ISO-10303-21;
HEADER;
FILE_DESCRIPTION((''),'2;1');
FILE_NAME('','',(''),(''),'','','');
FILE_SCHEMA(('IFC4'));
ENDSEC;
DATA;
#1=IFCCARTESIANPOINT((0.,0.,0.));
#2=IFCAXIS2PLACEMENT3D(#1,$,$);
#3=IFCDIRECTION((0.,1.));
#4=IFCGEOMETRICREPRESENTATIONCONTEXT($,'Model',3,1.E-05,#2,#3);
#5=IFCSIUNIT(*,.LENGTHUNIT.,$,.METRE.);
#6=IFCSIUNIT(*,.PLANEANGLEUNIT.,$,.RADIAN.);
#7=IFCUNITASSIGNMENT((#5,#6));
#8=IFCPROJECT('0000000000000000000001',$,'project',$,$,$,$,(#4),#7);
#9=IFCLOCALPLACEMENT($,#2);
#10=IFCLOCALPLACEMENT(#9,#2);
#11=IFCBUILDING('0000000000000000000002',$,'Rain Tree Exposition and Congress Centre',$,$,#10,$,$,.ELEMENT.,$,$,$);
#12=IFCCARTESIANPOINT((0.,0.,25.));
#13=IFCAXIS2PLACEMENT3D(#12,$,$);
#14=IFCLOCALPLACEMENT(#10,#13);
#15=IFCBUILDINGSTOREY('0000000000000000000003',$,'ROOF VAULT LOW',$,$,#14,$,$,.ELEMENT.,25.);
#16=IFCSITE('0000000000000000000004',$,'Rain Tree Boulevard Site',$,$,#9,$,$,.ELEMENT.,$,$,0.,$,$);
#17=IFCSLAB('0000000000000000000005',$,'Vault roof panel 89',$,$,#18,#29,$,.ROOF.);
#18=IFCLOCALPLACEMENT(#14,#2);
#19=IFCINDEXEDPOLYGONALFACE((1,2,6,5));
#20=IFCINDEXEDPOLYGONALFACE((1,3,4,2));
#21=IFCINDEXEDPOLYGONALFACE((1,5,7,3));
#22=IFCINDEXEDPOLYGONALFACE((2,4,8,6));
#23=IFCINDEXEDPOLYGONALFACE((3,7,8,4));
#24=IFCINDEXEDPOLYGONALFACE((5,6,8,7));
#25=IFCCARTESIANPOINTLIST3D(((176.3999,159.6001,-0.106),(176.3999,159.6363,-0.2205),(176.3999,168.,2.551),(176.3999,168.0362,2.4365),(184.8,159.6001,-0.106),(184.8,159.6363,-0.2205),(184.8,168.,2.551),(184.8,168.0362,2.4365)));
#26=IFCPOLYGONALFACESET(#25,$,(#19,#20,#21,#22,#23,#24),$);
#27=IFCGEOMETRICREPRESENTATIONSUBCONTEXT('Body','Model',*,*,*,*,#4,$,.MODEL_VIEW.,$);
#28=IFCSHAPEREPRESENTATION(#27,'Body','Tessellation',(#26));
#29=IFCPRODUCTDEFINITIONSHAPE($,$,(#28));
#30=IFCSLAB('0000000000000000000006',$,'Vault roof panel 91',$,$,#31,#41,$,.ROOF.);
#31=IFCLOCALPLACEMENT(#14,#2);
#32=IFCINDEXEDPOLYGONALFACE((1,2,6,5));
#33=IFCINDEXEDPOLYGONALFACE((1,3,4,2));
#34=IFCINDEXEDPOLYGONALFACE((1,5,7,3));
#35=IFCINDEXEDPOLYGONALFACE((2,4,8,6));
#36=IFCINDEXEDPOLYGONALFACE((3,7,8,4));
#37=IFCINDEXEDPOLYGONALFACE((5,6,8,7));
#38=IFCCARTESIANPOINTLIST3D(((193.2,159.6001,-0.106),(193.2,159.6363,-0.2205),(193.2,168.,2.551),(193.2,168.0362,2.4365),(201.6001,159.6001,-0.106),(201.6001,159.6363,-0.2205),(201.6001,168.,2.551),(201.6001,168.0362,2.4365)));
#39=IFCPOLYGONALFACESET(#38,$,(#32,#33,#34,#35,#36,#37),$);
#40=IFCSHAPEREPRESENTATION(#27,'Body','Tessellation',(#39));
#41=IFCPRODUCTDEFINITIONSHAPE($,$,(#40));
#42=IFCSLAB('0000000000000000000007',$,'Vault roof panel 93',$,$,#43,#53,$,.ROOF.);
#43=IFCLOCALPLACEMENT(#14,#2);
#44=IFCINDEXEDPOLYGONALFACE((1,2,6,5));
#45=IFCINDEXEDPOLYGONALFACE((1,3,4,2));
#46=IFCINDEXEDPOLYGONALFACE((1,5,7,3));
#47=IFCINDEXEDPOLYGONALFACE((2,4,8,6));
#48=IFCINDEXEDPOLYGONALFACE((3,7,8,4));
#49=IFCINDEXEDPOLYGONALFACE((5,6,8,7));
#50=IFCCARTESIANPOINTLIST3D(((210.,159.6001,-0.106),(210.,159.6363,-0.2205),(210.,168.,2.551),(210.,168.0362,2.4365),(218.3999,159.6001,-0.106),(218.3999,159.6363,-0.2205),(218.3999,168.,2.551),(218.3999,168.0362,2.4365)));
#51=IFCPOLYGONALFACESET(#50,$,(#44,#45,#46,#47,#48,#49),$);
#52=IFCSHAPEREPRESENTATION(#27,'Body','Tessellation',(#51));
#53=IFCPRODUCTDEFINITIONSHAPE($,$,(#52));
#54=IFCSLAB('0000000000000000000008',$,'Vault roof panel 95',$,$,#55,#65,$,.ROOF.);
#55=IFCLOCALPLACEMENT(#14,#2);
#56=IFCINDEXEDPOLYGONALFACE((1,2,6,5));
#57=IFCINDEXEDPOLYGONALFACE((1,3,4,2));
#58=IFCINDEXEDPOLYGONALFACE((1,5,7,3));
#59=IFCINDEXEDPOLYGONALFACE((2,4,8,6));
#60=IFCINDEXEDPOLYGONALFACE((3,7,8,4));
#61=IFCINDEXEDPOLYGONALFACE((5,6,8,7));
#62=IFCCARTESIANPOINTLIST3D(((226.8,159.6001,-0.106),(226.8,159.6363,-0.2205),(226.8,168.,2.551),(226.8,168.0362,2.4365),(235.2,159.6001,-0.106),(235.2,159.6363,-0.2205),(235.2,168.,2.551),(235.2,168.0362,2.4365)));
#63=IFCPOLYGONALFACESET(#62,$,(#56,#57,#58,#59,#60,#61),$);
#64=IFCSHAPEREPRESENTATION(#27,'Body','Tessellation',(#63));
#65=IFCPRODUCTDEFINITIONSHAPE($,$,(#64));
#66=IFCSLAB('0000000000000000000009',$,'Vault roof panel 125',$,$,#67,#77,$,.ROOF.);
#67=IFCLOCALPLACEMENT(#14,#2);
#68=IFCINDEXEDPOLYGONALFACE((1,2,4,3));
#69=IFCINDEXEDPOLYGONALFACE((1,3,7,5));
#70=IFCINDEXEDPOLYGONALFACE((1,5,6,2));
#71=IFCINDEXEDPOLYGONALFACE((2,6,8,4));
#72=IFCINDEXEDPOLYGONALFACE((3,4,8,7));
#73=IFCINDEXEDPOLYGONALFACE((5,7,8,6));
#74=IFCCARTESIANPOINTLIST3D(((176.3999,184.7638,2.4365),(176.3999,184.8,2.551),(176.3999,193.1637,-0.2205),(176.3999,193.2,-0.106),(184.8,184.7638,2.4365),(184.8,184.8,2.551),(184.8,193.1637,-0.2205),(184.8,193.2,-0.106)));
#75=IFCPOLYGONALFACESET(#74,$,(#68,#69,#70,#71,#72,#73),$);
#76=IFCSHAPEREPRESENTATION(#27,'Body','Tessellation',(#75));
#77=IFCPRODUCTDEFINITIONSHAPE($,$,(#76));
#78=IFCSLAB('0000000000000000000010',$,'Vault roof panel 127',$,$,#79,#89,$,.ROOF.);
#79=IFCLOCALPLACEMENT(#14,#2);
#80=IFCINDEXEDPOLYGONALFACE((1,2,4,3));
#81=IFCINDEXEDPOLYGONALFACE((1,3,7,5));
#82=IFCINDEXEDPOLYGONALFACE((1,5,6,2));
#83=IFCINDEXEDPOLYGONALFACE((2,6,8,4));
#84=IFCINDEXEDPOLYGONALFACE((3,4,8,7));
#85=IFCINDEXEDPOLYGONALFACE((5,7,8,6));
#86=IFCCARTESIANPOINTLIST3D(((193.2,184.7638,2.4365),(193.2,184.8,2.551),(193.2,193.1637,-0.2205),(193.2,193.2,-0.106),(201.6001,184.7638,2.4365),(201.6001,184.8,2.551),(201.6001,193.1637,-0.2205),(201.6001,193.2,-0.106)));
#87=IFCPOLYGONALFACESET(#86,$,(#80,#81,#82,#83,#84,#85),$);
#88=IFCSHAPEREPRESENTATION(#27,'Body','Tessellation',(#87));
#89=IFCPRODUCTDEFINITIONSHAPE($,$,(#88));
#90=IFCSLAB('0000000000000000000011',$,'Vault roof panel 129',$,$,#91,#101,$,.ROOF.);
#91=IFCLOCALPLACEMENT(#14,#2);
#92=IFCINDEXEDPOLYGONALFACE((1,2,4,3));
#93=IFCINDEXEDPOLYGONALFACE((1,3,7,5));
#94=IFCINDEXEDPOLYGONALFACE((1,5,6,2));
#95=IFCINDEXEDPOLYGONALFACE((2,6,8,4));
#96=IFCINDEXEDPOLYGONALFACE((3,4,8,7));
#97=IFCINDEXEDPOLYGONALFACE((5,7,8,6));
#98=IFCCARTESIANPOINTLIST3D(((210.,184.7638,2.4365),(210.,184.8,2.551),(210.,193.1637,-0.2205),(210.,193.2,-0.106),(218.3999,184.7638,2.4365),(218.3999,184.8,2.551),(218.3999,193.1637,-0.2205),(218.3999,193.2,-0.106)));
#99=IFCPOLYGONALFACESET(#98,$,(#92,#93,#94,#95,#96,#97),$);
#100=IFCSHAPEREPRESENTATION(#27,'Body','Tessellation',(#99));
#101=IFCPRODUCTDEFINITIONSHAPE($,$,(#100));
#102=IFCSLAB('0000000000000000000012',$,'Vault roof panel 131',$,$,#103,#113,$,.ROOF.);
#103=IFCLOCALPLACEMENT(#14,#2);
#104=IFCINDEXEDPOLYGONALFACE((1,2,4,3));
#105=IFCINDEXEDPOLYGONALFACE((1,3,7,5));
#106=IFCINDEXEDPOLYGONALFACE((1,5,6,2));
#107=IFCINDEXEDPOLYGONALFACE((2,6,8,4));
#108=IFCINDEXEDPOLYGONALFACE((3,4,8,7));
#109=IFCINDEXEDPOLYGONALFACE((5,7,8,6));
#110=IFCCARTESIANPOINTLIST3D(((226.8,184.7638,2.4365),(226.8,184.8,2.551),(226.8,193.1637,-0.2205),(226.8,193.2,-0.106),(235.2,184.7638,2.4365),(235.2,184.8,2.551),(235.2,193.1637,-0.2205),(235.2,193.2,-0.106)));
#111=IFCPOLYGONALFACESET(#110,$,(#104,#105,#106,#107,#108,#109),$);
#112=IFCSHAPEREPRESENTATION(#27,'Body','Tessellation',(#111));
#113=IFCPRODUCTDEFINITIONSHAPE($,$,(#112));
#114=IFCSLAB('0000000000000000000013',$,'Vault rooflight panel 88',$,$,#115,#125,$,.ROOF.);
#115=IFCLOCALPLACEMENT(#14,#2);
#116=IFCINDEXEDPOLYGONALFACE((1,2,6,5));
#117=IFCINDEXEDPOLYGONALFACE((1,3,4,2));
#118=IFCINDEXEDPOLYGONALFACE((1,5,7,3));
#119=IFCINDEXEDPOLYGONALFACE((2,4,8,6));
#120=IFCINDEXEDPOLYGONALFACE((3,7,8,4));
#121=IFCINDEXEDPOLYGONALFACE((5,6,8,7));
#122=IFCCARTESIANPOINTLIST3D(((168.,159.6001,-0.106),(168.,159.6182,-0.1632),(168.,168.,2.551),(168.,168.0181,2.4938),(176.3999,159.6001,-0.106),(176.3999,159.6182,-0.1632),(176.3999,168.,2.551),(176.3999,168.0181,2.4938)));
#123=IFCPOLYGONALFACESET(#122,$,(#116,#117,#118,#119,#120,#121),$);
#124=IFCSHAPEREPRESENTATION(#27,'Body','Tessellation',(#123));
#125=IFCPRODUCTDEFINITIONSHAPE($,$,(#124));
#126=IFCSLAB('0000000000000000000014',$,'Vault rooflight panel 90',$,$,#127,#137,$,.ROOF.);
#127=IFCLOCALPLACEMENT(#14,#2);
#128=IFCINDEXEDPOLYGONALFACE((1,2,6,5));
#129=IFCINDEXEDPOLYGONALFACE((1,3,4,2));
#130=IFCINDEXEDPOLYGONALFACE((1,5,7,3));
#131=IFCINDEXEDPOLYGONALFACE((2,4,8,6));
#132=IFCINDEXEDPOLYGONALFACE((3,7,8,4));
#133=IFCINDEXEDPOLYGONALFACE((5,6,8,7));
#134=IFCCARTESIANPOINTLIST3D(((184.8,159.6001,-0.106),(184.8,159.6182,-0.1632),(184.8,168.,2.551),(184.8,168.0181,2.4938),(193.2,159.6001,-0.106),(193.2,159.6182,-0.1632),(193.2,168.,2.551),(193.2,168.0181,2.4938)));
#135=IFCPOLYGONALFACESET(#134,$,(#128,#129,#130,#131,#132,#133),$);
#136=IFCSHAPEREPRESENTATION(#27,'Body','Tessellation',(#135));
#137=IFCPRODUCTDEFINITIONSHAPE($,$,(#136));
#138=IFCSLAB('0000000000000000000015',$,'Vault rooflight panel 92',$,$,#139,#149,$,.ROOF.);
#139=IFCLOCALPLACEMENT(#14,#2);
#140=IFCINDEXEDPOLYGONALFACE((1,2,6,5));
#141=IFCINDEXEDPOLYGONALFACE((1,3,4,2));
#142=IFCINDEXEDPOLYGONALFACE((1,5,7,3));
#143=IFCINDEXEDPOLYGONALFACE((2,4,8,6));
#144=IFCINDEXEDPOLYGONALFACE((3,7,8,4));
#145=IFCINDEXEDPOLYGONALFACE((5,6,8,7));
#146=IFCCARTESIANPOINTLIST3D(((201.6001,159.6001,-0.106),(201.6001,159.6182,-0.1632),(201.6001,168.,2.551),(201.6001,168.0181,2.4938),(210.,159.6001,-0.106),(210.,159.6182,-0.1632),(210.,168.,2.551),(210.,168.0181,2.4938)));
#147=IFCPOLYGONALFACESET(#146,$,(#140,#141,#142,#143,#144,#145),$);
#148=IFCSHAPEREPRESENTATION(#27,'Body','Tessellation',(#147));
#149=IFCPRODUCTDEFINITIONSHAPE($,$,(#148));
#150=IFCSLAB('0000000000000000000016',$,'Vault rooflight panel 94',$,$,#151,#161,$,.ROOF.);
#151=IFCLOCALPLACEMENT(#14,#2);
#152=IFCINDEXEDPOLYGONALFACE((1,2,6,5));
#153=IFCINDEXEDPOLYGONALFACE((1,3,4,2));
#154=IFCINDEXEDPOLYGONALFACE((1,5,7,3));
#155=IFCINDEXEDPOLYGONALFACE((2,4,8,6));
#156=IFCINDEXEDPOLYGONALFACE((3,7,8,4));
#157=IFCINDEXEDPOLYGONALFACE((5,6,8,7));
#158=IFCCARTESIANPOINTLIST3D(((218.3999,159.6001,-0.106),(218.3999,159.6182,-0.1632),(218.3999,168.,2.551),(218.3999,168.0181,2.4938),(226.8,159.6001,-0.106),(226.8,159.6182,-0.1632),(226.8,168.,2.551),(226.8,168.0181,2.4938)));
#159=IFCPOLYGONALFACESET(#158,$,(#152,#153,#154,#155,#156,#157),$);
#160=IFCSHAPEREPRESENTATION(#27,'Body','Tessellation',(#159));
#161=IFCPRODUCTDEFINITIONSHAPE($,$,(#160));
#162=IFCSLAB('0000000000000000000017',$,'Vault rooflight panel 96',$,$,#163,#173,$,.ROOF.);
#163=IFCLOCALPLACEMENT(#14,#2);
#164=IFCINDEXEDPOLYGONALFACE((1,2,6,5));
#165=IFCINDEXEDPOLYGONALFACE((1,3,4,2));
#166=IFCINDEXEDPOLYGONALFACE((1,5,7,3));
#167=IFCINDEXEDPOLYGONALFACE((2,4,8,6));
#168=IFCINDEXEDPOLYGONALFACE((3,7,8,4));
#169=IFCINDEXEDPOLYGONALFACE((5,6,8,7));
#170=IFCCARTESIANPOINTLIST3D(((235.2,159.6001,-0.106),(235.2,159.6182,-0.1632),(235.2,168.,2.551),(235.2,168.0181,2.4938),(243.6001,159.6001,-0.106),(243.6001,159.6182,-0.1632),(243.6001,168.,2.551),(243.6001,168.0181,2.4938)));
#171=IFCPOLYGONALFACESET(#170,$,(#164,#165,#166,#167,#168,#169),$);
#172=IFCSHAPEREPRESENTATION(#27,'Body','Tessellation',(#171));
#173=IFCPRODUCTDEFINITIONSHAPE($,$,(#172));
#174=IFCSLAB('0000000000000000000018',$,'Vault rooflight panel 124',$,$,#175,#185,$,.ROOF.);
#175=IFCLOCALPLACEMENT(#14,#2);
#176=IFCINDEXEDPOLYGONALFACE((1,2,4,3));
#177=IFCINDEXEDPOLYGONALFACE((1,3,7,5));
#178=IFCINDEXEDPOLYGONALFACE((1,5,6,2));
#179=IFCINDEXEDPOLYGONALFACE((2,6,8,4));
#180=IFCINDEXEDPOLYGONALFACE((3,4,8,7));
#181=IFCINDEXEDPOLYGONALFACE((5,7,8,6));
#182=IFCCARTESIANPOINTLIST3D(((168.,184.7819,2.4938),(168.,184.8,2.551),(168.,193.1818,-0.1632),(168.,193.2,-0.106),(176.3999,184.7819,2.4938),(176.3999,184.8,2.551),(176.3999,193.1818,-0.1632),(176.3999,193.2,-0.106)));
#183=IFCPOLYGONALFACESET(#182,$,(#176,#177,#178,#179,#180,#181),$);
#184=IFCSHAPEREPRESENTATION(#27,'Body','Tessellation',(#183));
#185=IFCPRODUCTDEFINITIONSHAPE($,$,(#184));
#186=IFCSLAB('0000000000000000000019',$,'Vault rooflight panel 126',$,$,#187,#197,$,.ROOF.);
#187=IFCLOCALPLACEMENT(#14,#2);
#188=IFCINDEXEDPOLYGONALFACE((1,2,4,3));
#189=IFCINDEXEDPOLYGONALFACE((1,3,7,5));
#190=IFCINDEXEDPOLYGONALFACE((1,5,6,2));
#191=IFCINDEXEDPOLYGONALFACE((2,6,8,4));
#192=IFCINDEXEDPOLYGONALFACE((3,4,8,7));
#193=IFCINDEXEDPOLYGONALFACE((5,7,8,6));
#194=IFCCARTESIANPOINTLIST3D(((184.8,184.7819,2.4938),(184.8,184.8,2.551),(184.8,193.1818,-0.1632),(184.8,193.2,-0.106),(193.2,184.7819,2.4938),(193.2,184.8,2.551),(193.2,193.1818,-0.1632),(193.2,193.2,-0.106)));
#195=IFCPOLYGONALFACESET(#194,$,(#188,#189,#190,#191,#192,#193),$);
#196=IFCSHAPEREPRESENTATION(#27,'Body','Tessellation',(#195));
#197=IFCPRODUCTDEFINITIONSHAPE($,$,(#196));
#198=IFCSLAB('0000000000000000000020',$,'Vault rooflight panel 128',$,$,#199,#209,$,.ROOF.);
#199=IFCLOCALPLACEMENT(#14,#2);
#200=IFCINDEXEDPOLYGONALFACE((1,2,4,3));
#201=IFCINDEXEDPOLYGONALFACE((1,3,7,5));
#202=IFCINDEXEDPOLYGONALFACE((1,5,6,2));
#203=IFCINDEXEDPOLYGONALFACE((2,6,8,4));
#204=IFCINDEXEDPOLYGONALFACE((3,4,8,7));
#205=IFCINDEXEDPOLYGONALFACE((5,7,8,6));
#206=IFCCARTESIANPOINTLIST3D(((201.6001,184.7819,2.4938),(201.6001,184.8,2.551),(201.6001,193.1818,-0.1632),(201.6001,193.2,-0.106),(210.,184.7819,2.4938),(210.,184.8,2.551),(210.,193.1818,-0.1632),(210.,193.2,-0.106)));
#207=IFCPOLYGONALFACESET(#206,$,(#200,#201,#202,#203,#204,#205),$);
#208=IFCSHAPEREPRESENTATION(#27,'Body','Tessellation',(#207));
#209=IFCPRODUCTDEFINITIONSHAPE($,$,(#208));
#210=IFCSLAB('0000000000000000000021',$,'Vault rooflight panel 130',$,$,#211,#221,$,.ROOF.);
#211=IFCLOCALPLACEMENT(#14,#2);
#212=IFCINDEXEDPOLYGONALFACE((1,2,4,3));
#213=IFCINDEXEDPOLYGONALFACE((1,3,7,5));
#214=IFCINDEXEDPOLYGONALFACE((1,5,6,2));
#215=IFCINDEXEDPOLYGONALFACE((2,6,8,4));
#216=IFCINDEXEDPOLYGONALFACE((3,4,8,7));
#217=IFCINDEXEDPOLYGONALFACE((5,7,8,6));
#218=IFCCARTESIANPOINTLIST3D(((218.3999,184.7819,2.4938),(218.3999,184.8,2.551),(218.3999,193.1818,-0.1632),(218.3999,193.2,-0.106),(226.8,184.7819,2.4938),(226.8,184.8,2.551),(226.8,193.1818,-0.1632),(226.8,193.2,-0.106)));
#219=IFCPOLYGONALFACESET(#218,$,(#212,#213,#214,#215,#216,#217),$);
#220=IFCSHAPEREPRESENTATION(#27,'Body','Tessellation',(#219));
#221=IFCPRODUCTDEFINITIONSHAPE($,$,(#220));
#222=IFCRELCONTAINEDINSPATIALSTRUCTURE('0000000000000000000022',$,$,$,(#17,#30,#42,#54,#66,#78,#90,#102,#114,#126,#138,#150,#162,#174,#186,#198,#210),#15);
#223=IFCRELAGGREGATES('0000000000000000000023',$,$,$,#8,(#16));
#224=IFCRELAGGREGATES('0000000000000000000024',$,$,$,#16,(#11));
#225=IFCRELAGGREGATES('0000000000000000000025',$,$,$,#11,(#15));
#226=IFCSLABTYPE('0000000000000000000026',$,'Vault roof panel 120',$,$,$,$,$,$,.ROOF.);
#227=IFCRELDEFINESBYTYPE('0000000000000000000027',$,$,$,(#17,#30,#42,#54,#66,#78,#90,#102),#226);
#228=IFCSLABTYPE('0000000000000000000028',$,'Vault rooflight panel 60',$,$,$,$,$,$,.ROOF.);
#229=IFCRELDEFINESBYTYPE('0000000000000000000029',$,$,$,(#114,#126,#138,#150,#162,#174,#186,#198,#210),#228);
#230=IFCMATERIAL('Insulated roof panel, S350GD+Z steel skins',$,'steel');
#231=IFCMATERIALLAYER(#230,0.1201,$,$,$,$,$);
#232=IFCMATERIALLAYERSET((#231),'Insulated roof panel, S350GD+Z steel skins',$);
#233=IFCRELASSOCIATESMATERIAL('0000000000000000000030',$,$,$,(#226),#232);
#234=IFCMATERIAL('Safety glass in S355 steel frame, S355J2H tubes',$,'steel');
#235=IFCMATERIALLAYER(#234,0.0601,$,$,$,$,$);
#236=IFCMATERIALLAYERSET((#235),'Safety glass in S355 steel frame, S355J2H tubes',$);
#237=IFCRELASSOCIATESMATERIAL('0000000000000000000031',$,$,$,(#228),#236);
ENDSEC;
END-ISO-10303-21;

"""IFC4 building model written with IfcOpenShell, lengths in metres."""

from ifc_helpers import new_model, si_unit, direction, frame, origin, place, context, subcontext, project, spatial, polyline, outline, extrude, material, layer, layer_set, type_object, element, save


model = new_model("IFC4")

# Units and contexts
model_context = context("Model", 3, precision=1e-05, world=origin(), true_north=direction((0.0, 1.0)))
body_context = subcontext(model_context, "Body", "Model", "MODEL_VIEW")
ifc_project = project(units=[si_unit("LENGTHUNIT", "METRE"), si_unit("PLANEANGLEUNIT", "RADIAN")], contexts=[model_context])

# Site, building, storey
site_placement = place(None, origin())
site = spatial("IfcSite", under=ifc_project, at=site_placement, Name="Rain Tree Boulevard Site", CompositionType="ELEMENT", RefElevation=0.0)
building_placement = place(site_placement, origin())
building = spatial("IfcBuilding", under=site, at=building_placement, Name="Rain Tree Exposition and Congress Centre", CompositionType="ELEMENT")
storey_placement = place(building_placement, frame((0.0, 0.0, 25.0)))
storey = spatial("IfcBuildingStorey", under=building, at=storey_placement, Name="ROOF VAULT LOW", CompositionType="ELEMENT", Elevation=25.0)

# Slabs
ifc_material_1 = material(Name="Insulated roof panel, S350GD+Z steel skins", Category="steel")
ifc_layer_1 = layer(ifc_material_1, 0.1201)
ifc_layer_set_1 = layer_set([ifc_layer_1], Name="Insulated roof panel, S350GD+Z steel skins")
slab_type_1 = type_object("IfcSlabType", Name="Vault roof panel 120", PredefinedType="ROOF", material=ifc_layer_set_1)
for number, where, z_axis, x_axis, name in (
    (1, (176.3999, 159.6001, -0.106), (0.0, -0.301584, 0.95344), (1.0, 0.0, 0.0), "Vault roof panel 89"),
    (2, (193.2, 159.6001, -0.106), (0.0, -0.301584, 0.95344), (1.0, 0.0, 0.0), "Vault roof panel 91"),
):
    element("IfcSlab", number, at=place(storey_placement, frame(where, z_axis=z_axis, x_axis=x_axis)), inside=storey, type_object=slab_type_1, Name=name, PredefinedType="ROOF", context=body_context, shape_type="SweptSolid", body=[
        extrude(outline(polyline([(0.0, 0.0), (8.4001, 0.0), (8.4001, 8.8101), (0.0, 8.8101), (0.0, 0.0)])), origin(), (0.0, 0.0, -1.0), 0.1201),
    ])
for number, where, z_axis, x_axis, name in (
    (3, (210.0, 159.6001, -0.106), (0.0, -0.301584, 0.95344), (1.0, 0.0, 0.0), "Vault roof panel 93"),
    (4, (226.8, 159.6001, -0.106), (0.0, -0.301584, 0.95344), (1.0, 0.0, 0.0), "Vault roof panel 95"),
):
    element("IfcSlab", number, at=place(storey_placement, frame(where, z_axis=z_axis, x_axis=x_axis)), inside=storey, type_object=slab_type_1, Name=name, PredefinedType="ROOF", context=body_context, shape_type="SweptSolid", body=[
        extrude(outline(polyline([(0.0, 0.0), (8.3999, 0.0), (8.3999, 8.8101), (0.0, 8.8101), (0.0, 0.0)])), origin(), (0.0, 0.0, -1.0), 0.1201),
    ])
for number, where, z_axis, x_axis, name in (
    (5, (176.3999, 184.8, 2.551), (0.0, 0.301584, 0.95344), (1.0, 0.0, 0.0), "Vault roof panel 125"),
    (6, (193.2, 184.8, 2.551), (0.0, 0.301584, 0.95344), (1.0, 0.0, 0.0), "Vault roof panel 127"),
):
    element("IfcSlab", number, at=place(storey_placement, frame(where, z_axis=z_axis, x_axis=x_axis)), inside=storey, type_object=slab_type_1, Name=name, PredefinedType="ROOF", context=body_context, shape_type="SweptSolid", body=[
        extrude(outline(polyline([(0.0, 0.0), (8.4001, 0.0), (8.4001, 8.8101), (0.0, 8.8101), (0.0, 0.0)])), origin(), (0.0, 0.0, -1.0), 0.1201),
    ])
for number, where, z_axis, x_axis, name in (
    (7, (210.0, 184.8, 2.551), (0.0, 0.301584, 0.95344), (1.0, 0.0, 0.0), "Vault roof panel 129"),
    (8, (226.8, 184.8, 2.551), (0.0, 0.301584, 0.95344), (1.0, 0.0, 0.0), "Vault roof panel 131"),
):
    element("IfcSlab", number, at=place(storey_placement, frame(where, z_axis=z_axis, x_axis=x_axis)), inside=storey, type_object=slab_type_1, Name=name, PredefinedType="ROOF", context=body_context, shape_type="SweptSolid", body=[
        extrude(outline(polyline([(0.0, 0.0), (8.3999, 0.0), (8.3999, 8.8101), (0.0, 8.8101), (0.0, 0.0)])), origin(), (0.0, 0.0, -1.0), 0.1201),
    ])
ifc_material_2 = material(Name="Safety glass in S355 steel frame, S355J2H tubes", Category="steel")
ifc_layer_2 = layer(ifc_material_2, 0.0601)
ifc_layer_set_2 = layer_set([ifc_layer_2], Name="Safety glass in S355 steel frame, S355J2H tubes")
slab_type_2 = type_object("IfcSlabType", Name="Vault rooflight panel 60", PredefinedType="ROOF", material=ifc_layer_set_2)
for number, where, z_axis, x_axis, name in (
    (9, (168.0, 159.6001, -0.106), (0.0, -0.301584, 0.95344), (1.0, 0.0, 0.0), "Vault rooflight panel 88"),
    (10, (184.8, 159.6001, -0.106), (0.0, -0.301584, 0.95344), (1.0, 0.0, 0.0), "Vault rooflight panel 90"),
    (11, (201.6001, 159.6001, -0.106), (0.0, -0.301584, 0.95344), (1.0, 0.0, 0.0), "Vault rooflight panel 92"),
):
    element("IfcSlab", number, at=place(storey_placement, frame(where, z_axis=z_axis, x_axis=x_axis)), inside=storey, type_object=slab_type_2, Name=name, PredefinedType="ROOF", context=body_context, shape_type="SweptSolid", body=[
        extrude(outline(polyline([(0.0, 0.0), (8.3999, 0.0), (8.3999, 8.8101), (0.0, 8.8101), (0.0, 0.0)])), origin(), (0.0, 0.0, -1.0), 0.0601),
    ])
for number, where, z_axis, x_axis, name in (
    (12, (218.3999, 159.6001, -0.106), (0.0, -0.301584, 0.95344), (1.0, 0.0, 0.0), "Vault rooflight panel 94"),
    (13, (235.2, 159.6001, -0.106), (0.0, -0.301584, 0.95344), (1.0, 0.0, 0.0), "Vault rooflight panel 96"),
):
    element("IfcSlab", number, at=place(storey_placement, frame(where, z_axis=z_axis, x_axis=x_axis)), inside=storey, type_object=slab_type_2, Name=name, PredefinedType="ROOF", context=body_context, shape_type="SweptSolid", body=[
        extrude(outline(polyline([(0.0, 0.0), (8.4001, 0.0), (8.4001, 8.8101), (0.0, 8.8101), (0.0, 0.0)])), origin(), (0.0, 0.0, -1.0), 0.0601),
    ])
for number, where, z_axis, x_axis, name in (
    (14, (168.0, 184.8, 2.551), (0.0, 0.301584, 0.95344), (1.0, 0.0, 0.0), "Vault rooflight panel 124"),
    (15, (184.8, 184.8, 2.551), (0.0, 0.301584, 0.95344), (1.0, 0.0, 0.0), "Vault rooflight panel 126"),
    (16, (201.6001, 184.8, 2.551), (0.0, 0.301584, 0.95344), (1.0, 0.0, 0.0), "Vault rooflight panel 128"),
):
    element("IfcSlab", number, at=place(storey_placement, frame(where, z_axis=z_axis, x_axis=x_axis)), inside=storey, type_object=slab_type_2, Name=name, PredefinedType="ROOF", context=body_context, shape_type="SweptSolid", body=[
        extrude(outline(polyline([(0.0, 0.0), (8.3999, 0.0), (8.3999, 8.8101), (0.0, 8.8101), (0.0, 0.0)])), origin(), (0.0, 0.0, -1.0), 0.0601),
    ])
for number, where, z_axis, x_axis, name in (
    (17, (218.3999, 184.8, 2.551), (0.0, 0.301584, 0.95344), (1.0, 0.0, 0.0), "Vault rooflight panel 130"),
):
    element("IfcSlab", number, at=place(storey_placement, frame(where, z_axis=z_axis, x_axis=x_axis)), inside=storey, type_object=slab_type_2, Name=name, PredefinedType="ROOF", context=body_context, shape_type="SweptSolid", body=[
        extrude(outline(polyline([(0.0, 0.0), (8.4001, 0.0), (8.4001, 8.8101), (0.0, 8.8101), (0.0, 0.0)])), origin(), (0.0, 0.0, -1.0), 0.0601),
    ])

save(model, "model.ifc")
